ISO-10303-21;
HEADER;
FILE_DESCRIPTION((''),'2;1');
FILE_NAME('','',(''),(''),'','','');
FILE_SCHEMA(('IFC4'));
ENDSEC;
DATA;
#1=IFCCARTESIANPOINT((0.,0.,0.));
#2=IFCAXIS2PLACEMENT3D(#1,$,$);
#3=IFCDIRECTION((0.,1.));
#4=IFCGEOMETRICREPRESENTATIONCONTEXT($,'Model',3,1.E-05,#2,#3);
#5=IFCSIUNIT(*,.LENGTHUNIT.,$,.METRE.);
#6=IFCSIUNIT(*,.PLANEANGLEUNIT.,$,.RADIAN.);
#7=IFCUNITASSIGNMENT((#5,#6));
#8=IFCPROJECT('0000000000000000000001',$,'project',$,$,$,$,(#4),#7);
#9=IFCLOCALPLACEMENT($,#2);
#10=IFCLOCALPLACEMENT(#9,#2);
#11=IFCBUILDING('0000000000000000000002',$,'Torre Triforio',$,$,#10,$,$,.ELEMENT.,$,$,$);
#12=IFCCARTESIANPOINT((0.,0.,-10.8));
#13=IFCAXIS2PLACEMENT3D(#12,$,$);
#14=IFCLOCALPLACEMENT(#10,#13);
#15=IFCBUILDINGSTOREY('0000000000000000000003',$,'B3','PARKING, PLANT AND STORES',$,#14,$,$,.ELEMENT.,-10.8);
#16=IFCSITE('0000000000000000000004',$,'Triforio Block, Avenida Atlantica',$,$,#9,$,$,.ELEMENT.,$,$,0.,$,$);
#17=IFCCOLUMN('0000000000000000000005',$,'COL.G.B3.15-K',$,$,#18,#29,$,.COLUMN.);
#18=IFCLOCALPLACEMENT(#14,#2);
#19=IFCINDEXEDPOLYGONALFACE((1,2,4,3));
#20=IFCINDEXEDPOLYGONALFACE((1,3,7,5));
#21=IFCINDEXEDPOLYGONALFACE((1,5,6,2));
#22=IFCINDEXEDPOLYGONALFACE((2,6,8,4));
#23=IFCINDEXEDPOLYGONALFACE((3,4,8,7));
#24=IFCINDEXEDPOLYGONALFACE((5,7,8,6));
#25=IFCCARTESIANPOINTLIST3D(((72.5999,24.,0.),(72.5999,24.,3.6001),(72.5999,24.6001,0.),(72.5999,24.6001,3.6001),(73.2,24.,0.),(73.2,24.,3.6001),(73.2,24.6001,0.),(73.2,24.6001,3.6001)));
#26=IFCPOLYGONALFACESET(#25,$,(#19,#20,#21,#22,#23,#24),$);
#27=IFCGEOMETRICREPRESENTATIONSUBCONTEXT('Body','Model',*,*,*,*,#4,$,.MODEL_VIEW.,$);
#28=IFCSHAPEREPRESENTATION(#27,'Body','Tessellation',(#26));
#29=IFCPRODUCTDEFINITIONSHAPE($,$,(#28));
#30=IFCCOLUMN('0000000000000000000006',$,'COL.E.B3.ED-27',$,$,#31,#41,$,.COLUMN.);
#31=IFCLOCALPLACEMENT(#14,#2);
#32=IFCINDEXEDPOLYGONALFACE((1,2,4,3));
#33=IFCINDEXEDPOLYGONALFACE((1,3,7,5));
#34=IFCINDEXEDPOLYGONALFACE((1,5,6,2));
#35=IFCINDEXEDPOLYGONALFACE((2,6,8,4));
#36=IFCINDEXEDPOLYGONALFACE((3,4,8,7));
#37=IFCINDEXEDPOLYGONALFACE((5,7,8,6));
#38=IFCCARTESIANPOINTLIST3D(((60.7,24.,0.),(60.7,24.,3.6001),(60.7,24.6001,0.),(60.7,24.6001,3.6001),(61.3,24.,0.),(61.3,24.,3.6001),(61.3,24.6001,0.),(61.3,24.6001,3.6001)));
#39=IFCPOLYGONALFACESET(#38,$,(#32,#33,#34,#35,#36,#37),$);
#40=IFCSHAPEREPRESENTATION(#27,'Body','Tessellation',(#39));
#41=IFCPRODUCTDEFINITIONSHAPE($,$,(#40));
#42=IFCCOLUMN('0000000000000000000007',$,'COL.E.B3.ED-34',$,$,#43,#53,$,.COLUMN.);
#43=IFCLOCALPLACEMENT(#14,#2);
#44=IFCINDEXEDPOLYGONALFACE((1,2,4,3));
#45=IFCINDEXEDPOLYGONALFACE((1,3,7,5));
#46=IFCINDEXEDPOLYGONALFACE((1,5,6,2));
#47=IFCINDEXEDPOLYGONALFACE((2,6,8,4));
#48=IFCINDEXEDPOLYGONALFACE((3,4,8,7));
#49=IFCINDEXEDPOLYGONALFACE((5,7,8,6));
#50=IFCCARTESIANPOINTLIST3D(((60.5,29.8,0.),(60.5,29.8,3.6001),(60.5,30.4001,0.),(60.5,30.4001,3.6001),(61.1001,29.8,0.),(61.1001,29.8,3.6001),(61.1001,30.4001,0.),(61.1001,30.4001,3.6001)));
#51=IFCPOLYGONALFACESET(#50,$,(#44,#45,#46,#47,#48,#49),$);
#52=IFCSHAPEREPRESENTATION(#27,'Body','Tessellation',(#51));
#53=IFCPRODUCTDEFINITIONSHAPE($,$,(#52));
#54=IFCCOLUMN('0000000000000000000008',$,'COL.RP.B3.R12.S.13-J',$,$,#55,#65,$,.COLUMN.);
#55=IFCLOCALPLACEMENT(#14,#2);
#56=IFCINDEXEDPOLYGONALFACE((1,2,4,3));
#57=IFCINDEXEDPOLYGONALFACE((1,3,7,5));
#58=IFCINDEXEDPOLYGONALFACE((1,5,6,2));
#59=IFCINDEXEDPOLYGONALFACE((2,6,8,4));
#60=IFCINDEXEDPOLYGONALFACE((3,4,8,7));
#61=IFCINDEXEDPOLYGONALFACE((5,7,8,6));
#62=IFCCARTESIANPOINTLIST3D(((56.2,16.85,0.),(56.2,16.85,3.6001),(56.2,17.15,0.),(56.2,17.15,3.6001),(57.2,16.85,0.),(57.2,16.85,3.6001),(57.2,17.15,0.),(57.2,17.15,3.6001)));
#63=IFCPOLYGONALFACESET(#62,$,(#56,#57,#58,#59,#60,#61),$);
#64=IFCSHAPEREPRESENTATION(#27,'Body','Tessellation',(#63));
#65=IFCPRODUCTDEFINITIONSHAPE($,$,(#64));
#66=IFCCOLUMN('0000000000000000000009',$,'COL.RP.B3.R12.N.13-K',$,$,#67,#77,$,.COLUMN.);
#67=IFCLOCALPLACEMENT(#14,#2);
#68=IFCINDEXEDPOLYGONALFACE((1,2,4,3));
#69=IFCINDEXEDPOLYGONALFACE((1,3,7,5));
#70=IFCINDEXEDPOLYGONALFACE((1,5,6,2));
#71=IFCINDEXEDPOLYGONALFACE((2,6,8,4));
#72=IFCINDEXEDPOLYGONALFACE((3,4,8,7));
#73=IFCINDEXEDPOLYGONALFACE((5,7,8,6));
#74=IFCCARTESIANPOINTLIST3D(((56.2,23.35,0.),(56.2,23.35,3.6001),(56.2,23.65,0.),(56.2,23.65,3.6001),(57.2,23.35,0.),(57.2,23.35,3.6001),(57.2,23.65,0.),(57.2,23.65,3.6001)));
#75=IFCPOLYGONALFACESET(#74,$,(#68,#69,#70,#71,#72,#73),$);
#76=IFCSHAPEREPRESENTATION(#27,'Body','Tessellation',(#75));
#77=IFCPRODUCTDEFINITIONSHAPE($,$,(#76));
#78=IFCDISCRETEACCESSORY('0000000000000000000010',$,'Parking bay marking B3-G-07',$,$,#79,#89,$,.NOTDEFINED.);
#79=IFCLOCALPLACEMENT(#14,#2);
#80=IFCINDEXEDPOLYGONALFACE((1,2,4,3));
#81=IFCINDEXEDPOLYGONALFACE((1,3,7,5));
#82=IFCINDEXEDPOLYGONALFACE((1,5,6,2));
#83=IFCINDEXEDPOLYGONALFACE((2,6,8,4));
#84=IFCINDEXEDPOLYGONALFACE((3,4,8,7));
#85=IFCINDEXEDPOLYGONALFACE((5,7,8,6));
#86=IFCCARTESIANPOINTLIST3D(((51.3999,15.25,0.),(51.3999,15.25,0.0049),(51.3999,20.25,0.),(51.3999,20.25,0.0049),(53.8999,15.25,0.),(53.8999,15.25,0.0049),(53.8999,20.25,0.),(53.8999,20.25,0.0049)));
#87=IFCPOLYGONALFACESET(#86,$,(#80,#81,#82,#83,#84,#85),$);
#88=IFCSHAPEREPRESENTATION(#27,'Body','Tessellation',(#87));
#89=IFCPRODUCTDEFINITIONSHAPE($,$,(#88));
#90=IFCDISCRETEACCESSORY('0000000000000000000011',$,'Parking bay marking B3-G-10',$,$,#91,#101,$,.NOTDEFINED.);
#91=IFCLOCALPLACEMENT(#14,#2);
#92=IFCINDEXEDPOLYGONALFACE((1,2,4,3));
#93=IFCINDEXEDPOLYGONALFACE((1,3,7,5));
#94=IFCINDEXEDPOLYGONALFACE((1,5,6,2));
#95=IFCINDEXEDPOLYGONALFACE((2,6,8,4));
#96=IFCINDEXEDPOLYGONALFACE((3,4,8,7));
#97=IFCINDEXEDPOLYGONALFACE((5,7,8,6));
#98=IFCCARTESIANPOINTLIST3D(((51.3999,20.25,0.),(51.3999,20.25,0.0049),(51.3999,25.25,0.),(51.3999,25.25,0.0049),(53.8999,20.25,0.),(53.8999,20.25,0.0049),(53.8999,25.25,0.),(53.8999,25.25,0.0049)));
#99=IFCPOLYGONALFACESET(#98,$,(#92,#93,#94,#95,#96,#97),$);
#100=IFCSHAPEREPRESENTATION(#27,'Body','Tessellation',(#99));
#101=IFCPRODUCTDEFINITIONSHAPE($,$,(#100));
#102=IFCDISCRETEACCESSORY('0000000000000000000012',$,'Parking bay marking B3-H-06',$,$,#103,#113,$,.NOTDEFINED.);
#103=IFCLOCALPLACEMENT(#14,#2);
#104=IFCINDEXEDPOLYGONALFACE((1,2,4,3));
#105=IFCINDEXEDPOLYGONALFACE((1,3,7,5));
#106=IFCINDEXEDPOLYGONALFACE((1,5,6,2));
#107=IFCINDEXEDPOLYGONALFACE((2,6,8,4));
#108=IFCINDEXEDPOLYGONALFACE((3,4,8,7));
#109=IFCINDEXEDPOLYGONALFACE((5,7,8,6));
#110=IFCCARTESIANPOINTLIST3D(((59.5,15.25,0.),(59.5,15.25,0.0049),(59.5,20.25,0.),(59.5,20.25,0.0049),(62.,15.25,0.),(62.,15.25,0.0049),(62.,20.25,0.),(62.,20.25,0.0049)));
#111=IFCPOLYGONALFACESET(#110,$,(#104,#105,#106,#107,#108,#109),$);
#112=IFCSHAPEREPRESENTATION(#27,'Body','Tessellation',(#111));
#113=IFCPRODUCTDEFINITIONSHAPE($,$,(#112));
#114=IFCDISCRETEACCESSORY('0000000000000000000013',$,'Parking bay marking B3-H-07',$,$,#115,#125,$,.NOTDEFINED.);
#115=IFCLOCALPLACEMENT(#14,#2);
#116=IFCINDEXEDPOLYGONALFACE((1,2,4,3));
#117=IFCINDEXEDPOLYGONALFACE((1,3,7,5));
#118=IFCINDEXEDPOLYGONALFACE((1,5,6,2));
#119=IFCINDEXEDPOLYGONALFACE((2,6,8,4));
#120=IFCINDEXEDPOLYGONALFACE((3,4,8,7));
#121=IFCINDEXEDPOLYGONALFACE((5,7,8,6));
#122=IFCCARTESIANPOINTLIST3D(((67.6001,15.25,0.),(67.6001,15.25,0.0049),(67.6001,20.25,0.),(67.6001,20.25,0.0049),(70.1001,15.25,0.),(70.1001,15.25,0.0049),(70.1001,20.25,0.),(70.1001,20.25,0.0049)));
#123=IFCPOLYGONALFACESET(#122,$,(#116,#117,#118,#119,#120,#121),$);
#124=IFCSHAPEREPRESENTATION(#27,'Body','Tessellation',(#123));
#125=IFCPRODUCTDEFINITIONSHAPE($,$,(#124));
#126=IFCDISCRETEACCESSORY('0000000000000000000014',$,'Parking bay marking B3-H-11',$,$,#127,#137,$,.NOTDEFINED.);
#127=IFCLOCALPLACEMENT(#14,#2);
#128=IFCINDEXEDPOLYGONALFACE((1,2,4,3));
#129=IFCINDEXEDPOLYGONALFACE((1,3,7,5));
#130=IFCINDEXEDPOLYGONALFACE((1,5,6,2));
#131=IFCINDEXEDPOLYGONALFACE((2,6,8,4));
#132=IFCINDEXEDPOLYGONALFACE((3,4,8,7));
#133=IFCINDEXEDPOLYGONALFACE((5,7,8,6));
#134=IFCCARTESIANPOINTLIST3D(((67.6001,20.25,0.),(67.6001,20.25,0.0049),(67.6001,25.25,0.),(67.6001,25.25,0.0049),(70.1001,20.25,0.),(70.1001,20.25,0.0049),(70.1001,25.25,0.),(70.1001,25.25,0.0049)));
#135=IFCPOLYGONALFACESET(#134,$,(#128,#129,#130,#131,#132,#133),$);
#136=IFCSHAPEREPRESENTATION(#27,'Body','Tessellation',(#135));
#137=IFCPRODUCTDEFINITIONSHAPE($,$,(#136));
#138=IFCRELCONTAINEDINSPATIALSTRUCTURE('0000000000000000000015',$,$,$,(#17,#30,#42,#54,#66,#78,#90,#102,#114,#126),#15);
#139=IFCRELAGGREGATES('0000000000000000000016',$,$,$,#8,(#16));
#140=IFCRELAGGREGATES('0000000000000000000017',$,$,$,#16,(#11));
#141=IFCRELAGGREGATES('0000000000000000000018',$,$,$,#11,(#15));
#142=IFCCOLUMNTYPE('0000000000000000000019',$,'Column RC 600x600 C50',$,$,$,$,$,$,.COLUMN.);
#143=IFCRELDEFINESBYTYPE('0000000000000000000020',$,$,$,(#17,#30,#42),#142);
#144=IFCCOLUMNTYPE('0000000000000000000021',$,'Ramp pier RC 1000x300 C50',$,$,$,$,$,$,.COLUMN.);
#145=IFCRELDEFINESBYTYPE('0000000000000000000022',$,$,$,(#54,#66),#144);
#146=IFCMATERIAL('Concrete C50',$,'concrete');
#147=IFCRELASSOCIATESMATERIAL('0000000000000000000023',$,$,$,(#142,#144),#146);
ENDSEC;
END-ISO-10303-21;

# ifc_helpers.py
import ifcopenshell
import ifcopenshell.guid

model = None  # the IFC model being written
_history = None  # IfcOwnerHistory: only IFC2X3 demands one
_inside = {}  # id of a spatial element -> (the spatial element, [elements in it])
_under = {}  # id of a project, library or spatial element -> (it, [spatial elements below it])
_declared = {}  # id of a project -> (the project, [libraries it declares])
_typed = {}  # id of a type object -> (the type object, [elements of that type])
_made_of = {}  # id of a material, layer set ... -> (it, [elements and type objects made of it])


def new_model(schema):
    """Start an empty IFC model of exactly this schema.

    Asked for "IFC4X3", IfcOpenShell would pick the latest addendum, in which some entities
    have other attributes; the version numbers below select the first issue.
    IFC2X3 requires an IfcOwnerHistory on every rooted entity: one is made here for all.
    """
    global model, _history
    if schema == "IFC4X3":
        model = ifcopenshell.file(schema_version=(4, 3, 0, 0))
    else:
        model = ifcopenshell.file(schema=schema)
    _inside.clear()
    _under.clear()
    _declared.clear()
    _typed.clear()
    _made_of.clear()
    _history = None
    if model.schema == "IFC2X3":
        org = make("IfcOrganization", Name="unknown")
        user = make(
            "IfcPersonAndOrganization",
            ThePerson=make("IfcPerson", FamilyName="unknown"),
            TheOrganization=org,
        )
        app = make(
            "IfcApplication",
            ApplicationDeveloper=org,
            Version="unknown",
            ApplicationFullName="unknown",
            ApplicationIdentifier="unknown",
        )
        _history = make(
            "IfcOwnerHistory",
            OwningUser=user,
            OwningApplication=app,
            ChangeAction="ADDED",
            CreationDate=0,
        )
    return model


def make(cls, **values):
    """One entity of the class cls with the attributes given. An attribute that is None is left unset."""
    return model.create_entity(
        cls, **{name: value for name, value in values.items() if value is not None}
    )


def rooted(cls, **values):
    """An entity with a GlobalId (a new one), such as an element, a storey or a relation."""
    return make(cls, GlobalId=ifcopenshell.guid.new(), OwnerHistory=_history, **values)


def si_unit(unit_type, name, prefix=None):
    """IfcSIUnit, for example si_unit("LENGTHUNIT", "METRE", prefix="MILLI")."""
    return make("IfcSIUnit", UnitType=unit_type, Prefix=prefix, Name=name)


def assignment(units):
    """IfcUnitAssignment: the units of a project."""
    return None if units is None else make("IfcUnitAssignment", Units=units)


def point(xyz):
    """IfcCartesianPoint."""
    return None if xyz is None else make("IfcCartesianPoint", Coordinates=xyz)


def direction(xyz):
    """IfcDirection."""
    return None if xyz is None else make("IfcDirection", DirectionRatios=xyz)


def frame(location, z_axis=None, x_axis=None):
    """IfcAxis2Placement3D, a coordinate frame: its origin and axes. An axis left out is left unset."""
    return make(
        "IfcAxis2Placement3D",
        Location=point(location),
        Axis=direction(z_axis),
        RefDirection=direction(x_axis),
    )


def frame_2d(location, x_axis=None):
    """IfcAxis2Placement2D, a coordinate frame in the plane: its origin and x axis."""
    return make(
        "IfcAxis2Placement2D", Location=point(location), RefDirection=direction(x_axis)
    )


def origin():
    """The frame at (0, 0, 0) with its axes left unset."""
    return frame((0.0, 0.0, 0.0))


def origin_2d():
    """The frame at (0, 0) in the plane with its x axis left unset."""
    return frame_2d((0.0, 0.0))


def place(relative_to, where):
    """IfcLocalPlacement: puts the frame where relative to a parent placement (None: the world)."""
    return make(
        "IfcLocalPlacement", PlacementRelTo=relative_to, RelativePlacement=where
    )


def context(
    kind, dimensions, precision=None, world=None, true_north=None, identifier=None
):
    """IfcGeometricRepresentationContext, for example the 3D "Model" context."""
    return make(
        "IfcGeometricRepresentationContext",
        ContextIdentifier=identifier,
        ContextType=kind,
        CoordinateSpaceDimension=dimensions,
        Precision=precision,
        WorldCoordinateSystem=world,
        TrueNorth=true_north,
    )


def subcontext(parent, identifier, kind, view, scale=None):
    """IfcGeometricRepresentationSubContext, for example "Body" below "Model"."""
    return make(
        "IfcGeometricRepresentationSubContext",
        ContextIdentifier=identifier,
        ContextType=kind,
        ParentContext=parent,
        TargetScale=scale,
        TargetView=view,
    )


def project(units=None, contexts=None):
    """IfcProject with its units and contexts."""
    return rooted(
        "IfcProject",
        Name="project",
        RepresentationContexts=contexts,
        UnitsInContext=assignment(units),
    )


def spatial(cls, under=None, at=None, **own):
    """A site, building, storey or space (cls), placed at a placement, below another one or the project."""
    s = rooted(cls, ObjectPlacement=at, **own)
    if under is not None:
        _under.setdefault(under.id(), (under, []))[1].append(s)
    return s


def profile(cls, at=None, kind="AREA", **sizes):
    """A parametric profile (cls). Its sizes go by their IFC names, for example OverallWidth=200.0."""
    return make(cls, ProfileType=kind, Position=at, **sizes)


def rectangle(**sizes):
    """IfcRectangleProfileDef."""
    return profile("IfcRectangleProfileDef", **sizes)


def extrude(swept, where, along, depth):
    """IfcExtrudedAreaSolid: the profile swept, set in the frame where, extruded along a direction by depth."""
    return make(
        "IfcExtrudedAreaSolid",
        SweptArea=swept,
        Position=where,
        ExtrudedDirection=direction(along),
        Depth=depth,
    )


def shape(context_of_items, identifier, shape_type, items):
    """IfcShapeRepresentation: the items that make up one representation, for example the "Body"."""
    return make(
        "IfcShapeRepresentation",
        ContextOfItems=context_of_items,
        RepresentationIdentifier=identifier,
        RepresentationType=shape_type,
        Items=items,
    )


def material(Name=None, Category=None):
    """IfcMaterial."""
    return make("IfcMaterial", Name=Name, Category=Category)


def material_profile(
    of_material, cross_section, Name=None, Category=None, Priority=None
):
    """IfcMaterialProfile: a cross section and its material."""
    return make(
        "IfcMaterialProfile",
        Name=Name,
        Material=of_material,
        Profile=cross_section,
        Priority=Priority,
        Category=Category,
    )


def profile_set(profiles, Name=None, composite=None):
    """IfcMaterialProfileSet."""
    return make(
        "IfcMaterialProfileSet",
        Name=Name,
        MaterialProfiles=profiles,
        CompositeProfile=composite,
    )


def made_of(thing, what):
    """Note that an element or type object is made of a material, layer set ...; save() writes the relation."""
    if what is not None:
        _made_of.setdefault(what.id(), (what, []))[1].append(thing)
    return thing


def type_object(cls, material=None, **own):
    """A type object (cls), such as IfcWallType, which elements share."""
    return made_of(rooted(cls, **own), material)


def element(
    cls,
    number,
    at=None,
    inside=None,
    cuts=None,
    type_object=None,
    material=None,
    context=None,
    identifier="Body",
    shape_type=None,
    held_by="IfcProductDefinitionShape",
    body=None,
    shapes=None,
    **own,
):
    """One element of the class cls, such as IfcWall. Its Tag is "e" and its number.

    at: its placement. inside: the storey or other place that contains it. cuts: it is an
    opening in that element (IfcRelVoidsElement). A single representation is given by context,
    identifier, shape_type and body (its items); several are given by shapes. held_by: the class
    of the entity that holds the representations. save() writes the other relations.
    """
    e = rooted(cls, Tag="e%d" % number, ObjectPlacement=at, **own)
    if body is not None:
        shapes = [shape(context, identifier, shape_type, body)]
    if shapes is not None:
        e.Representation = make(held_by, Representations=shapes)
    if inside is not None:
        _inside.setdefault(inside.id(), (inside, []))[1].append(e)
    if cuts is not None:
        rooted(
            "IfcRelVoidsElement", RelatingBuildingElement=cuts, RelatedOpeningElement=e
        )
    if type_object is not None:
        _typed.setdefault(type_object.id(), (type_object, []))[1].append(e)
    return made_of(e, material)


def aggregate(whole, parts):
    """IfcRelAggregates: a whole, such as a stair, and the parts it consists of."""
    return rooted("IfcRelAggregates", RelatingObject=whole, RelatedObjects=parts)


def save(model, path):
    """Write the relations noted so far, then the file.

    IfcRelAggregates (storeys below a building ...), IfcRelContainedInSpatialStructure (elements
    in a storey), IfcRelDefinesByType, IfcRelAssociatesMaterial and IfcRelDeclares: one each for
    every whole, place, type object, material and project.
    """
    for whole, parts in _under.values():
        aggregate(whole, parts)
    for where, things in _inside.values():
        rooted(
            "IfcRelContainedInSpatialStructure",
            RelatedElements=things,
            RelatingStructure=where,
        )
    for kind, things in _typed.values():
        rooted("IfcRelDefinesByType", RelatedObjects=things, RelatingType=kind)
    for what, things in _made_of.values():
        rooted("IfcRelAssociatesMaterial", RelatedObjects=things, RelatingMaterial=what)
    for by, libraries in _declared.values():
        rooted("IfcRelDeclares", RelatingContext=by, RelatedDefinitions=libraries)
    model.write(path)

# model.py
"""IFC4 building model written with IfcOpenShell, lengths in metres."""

from ifc_helpers import new_model, si_unit, direction, frame, origin, origin_2d, place, context, subcontext, project, spatial, rectangle, extrude, material, material_profile, profile_set, type_object, element, save


model = new_model("IFC4")

# Units and contexts
model_context = context("Model", 3, precision=1e-05, world=origin(), true_north=direction((0.0, 1.0)))
body_context = subcontext(model_context, "Body", "Model", "MODEL_VIEW")
ifc_project = project(units=[si_unit("LENGTHUNIT", "METRE"), si_unit("PLANEANGLEUNIT", "RADIAN")], contexts=[model_context])

# Site, building, storey
site_placement = place(None, origin())
site = spatial("IfcSite", under=ifc_project, at=site_placement, Name="Triforio Block, Avenida Atlantica", CompositionType="ELEMENT", RefElevation=0.0)
building_placement = place(site_placement, origin())
building = spatial("IfcBuilding", under=site, at=building_placement, Name="Torre Triforio", CompositionType="ELEMENT")
storey_placement = place(building_placement, frame((0.0, 0.0, -10.8)))
storey = spatial("IfcBuildingStorey", under=building, at=storey_placement, Name="B3", Description="PARKING, PLANT AND STORES", CompositionType="ELEMENT", Elevation=-10.8)

# Shared definitions
ifc_material_1 = material(Name="Concrete C50", Category="concrete")

# Columns
ifc_material_profile_1 = material_profile(ifc_material_1, rectangle(XDim=0.6001, YDim=0.6001, at=origin_2d()), Name="RC 600x600")
ifc_profile_set_1 = profile_set([ifc_material_profile_1], Name="Concrete C50")
column_type_1 = type_object("IfcColumnType", Name="Column RC 600x600 C50", PredefinedType="COLUMN", material=ifc_profile_set_1)
for number, where, z_axis, x_axis, name in (
    (1, (72.8999, 24.3, 0.0), (0.0, 0.0, 1.0), (1.0, 0.0, 0.0), "COL.G.B3.15-K"),
    (2, (61.0, 24.3, 0.0), (0.0, 0.0, 1.0), (1.0, 0.0, 0.0), "COL.E.B3.ED-27"),
    (3, (60.8, 30.1001, 0.0), (0.0, 0.0, 1.0), (1.0, 0.0, 0.0), "COL.E.B3.ED-34"),
):
    element("IfcColumn", number, at=place(storey_placement, frame(where, z_axis=z_axis, x_axis=x_axis)), inside=storey, type_object=column_type_1, Name=name, PredefinedType="COLUMN", context=body_context, shape_type="SweptSolid", body=[
        extrude(rectangle(XDim=0.6001, YDim=0.6001, at=origin_2d()), origin(), (0.0, 0.0, 1.0), 3.6001),
    ])
ifc_material_profile_2 = material_profile(ifc_material_1, rectangle(XDim=1.0, YDim=0.3, at=origin_2d()), Name="RC 1000x300")
ifc_profile_set_2 = profile_set([ifc_material_profile_2], Name="Concrete C50")
column_type_2 = type_object("IfcColumnType", Name="Ramp pier RC 1000x300 C50", PredefinedType="COLUMN", material=ifc_profile_set_2)
for number, where, z_axis, x_axis, name in (
    (4, (56.7, 17.0, 0.0), (0.0, 0.0, 1.0), (1.0, 0.0, 0.0), "COL.RP.B3.R12.S.13-J"),
    (5, (56.7, 23.5, 0.0), (0.0, 0.0, 1.0), (1.0, 0.0, 0.0), "COL.RP.B3.R12.N.13-K"),
):
    element("IfcColumn", number, at=place(storey_placement, frame(where, z_axis=z_axis, x_axis=x_axis)), inside=storey, type_object=column_type_2, Name=name, PredefinedType="COLUMN", context=body_context, shape_type="SweptSolid", body=[
        extrude(rectangle(XDim=1.0, YDim=0.3, at=origin_2d()), origin(), (0.0, 0.0, 1.0), 3.6001),
    ])

# Discrete accessories
for number, where, z_axis, x_axis, name in (
    (6, (52.6499, 17.75, 0.0), (0.0, 0.0, 1.0), (1.0, 0.0, 0.0), "Parking bay marking B3-G-07"),
    (7, (52.6499, 22.75, 0.0), (0.0, 0.0, 1.0), (1.0, 0.0, 0.0), "Parking bay marking B3-G-10"),
    (8, (60.75, 17.75, 0.0), (0.0, 0.0, 1.0), (1.0, 0.0, 0.0), "Parking bay marking B3-H-06"),
    (9, (68.8501, 17.75, 0.0), (0.0, 0.0, 1.0), (1.0, 0.0, 0.0), "Parking bay marking B3-H-07"),
    (10, (68.8501, 22.75, 0.0), (0.0, 0.0, 1.0), (1.0, 0.0, 0.0), "Parking bay marking B3-H-11"),
):
    element("IfcDiscreteAccessory", number, at=place(storey_placement, frame(where, z_axis=z_axis, x_axis=x_axis)), inside=storey, Name=name, PredefinedType="NOTDEFINED", context=body_context, shape_type="SweptSolid", body=[
        extrude(rectangle(XDim=2.5, YDim=5.0, at=origin_2d()), origin(), (0.0, 0.0, 1.0), 0.0049),
    ])

save(model, "model.ifc")
